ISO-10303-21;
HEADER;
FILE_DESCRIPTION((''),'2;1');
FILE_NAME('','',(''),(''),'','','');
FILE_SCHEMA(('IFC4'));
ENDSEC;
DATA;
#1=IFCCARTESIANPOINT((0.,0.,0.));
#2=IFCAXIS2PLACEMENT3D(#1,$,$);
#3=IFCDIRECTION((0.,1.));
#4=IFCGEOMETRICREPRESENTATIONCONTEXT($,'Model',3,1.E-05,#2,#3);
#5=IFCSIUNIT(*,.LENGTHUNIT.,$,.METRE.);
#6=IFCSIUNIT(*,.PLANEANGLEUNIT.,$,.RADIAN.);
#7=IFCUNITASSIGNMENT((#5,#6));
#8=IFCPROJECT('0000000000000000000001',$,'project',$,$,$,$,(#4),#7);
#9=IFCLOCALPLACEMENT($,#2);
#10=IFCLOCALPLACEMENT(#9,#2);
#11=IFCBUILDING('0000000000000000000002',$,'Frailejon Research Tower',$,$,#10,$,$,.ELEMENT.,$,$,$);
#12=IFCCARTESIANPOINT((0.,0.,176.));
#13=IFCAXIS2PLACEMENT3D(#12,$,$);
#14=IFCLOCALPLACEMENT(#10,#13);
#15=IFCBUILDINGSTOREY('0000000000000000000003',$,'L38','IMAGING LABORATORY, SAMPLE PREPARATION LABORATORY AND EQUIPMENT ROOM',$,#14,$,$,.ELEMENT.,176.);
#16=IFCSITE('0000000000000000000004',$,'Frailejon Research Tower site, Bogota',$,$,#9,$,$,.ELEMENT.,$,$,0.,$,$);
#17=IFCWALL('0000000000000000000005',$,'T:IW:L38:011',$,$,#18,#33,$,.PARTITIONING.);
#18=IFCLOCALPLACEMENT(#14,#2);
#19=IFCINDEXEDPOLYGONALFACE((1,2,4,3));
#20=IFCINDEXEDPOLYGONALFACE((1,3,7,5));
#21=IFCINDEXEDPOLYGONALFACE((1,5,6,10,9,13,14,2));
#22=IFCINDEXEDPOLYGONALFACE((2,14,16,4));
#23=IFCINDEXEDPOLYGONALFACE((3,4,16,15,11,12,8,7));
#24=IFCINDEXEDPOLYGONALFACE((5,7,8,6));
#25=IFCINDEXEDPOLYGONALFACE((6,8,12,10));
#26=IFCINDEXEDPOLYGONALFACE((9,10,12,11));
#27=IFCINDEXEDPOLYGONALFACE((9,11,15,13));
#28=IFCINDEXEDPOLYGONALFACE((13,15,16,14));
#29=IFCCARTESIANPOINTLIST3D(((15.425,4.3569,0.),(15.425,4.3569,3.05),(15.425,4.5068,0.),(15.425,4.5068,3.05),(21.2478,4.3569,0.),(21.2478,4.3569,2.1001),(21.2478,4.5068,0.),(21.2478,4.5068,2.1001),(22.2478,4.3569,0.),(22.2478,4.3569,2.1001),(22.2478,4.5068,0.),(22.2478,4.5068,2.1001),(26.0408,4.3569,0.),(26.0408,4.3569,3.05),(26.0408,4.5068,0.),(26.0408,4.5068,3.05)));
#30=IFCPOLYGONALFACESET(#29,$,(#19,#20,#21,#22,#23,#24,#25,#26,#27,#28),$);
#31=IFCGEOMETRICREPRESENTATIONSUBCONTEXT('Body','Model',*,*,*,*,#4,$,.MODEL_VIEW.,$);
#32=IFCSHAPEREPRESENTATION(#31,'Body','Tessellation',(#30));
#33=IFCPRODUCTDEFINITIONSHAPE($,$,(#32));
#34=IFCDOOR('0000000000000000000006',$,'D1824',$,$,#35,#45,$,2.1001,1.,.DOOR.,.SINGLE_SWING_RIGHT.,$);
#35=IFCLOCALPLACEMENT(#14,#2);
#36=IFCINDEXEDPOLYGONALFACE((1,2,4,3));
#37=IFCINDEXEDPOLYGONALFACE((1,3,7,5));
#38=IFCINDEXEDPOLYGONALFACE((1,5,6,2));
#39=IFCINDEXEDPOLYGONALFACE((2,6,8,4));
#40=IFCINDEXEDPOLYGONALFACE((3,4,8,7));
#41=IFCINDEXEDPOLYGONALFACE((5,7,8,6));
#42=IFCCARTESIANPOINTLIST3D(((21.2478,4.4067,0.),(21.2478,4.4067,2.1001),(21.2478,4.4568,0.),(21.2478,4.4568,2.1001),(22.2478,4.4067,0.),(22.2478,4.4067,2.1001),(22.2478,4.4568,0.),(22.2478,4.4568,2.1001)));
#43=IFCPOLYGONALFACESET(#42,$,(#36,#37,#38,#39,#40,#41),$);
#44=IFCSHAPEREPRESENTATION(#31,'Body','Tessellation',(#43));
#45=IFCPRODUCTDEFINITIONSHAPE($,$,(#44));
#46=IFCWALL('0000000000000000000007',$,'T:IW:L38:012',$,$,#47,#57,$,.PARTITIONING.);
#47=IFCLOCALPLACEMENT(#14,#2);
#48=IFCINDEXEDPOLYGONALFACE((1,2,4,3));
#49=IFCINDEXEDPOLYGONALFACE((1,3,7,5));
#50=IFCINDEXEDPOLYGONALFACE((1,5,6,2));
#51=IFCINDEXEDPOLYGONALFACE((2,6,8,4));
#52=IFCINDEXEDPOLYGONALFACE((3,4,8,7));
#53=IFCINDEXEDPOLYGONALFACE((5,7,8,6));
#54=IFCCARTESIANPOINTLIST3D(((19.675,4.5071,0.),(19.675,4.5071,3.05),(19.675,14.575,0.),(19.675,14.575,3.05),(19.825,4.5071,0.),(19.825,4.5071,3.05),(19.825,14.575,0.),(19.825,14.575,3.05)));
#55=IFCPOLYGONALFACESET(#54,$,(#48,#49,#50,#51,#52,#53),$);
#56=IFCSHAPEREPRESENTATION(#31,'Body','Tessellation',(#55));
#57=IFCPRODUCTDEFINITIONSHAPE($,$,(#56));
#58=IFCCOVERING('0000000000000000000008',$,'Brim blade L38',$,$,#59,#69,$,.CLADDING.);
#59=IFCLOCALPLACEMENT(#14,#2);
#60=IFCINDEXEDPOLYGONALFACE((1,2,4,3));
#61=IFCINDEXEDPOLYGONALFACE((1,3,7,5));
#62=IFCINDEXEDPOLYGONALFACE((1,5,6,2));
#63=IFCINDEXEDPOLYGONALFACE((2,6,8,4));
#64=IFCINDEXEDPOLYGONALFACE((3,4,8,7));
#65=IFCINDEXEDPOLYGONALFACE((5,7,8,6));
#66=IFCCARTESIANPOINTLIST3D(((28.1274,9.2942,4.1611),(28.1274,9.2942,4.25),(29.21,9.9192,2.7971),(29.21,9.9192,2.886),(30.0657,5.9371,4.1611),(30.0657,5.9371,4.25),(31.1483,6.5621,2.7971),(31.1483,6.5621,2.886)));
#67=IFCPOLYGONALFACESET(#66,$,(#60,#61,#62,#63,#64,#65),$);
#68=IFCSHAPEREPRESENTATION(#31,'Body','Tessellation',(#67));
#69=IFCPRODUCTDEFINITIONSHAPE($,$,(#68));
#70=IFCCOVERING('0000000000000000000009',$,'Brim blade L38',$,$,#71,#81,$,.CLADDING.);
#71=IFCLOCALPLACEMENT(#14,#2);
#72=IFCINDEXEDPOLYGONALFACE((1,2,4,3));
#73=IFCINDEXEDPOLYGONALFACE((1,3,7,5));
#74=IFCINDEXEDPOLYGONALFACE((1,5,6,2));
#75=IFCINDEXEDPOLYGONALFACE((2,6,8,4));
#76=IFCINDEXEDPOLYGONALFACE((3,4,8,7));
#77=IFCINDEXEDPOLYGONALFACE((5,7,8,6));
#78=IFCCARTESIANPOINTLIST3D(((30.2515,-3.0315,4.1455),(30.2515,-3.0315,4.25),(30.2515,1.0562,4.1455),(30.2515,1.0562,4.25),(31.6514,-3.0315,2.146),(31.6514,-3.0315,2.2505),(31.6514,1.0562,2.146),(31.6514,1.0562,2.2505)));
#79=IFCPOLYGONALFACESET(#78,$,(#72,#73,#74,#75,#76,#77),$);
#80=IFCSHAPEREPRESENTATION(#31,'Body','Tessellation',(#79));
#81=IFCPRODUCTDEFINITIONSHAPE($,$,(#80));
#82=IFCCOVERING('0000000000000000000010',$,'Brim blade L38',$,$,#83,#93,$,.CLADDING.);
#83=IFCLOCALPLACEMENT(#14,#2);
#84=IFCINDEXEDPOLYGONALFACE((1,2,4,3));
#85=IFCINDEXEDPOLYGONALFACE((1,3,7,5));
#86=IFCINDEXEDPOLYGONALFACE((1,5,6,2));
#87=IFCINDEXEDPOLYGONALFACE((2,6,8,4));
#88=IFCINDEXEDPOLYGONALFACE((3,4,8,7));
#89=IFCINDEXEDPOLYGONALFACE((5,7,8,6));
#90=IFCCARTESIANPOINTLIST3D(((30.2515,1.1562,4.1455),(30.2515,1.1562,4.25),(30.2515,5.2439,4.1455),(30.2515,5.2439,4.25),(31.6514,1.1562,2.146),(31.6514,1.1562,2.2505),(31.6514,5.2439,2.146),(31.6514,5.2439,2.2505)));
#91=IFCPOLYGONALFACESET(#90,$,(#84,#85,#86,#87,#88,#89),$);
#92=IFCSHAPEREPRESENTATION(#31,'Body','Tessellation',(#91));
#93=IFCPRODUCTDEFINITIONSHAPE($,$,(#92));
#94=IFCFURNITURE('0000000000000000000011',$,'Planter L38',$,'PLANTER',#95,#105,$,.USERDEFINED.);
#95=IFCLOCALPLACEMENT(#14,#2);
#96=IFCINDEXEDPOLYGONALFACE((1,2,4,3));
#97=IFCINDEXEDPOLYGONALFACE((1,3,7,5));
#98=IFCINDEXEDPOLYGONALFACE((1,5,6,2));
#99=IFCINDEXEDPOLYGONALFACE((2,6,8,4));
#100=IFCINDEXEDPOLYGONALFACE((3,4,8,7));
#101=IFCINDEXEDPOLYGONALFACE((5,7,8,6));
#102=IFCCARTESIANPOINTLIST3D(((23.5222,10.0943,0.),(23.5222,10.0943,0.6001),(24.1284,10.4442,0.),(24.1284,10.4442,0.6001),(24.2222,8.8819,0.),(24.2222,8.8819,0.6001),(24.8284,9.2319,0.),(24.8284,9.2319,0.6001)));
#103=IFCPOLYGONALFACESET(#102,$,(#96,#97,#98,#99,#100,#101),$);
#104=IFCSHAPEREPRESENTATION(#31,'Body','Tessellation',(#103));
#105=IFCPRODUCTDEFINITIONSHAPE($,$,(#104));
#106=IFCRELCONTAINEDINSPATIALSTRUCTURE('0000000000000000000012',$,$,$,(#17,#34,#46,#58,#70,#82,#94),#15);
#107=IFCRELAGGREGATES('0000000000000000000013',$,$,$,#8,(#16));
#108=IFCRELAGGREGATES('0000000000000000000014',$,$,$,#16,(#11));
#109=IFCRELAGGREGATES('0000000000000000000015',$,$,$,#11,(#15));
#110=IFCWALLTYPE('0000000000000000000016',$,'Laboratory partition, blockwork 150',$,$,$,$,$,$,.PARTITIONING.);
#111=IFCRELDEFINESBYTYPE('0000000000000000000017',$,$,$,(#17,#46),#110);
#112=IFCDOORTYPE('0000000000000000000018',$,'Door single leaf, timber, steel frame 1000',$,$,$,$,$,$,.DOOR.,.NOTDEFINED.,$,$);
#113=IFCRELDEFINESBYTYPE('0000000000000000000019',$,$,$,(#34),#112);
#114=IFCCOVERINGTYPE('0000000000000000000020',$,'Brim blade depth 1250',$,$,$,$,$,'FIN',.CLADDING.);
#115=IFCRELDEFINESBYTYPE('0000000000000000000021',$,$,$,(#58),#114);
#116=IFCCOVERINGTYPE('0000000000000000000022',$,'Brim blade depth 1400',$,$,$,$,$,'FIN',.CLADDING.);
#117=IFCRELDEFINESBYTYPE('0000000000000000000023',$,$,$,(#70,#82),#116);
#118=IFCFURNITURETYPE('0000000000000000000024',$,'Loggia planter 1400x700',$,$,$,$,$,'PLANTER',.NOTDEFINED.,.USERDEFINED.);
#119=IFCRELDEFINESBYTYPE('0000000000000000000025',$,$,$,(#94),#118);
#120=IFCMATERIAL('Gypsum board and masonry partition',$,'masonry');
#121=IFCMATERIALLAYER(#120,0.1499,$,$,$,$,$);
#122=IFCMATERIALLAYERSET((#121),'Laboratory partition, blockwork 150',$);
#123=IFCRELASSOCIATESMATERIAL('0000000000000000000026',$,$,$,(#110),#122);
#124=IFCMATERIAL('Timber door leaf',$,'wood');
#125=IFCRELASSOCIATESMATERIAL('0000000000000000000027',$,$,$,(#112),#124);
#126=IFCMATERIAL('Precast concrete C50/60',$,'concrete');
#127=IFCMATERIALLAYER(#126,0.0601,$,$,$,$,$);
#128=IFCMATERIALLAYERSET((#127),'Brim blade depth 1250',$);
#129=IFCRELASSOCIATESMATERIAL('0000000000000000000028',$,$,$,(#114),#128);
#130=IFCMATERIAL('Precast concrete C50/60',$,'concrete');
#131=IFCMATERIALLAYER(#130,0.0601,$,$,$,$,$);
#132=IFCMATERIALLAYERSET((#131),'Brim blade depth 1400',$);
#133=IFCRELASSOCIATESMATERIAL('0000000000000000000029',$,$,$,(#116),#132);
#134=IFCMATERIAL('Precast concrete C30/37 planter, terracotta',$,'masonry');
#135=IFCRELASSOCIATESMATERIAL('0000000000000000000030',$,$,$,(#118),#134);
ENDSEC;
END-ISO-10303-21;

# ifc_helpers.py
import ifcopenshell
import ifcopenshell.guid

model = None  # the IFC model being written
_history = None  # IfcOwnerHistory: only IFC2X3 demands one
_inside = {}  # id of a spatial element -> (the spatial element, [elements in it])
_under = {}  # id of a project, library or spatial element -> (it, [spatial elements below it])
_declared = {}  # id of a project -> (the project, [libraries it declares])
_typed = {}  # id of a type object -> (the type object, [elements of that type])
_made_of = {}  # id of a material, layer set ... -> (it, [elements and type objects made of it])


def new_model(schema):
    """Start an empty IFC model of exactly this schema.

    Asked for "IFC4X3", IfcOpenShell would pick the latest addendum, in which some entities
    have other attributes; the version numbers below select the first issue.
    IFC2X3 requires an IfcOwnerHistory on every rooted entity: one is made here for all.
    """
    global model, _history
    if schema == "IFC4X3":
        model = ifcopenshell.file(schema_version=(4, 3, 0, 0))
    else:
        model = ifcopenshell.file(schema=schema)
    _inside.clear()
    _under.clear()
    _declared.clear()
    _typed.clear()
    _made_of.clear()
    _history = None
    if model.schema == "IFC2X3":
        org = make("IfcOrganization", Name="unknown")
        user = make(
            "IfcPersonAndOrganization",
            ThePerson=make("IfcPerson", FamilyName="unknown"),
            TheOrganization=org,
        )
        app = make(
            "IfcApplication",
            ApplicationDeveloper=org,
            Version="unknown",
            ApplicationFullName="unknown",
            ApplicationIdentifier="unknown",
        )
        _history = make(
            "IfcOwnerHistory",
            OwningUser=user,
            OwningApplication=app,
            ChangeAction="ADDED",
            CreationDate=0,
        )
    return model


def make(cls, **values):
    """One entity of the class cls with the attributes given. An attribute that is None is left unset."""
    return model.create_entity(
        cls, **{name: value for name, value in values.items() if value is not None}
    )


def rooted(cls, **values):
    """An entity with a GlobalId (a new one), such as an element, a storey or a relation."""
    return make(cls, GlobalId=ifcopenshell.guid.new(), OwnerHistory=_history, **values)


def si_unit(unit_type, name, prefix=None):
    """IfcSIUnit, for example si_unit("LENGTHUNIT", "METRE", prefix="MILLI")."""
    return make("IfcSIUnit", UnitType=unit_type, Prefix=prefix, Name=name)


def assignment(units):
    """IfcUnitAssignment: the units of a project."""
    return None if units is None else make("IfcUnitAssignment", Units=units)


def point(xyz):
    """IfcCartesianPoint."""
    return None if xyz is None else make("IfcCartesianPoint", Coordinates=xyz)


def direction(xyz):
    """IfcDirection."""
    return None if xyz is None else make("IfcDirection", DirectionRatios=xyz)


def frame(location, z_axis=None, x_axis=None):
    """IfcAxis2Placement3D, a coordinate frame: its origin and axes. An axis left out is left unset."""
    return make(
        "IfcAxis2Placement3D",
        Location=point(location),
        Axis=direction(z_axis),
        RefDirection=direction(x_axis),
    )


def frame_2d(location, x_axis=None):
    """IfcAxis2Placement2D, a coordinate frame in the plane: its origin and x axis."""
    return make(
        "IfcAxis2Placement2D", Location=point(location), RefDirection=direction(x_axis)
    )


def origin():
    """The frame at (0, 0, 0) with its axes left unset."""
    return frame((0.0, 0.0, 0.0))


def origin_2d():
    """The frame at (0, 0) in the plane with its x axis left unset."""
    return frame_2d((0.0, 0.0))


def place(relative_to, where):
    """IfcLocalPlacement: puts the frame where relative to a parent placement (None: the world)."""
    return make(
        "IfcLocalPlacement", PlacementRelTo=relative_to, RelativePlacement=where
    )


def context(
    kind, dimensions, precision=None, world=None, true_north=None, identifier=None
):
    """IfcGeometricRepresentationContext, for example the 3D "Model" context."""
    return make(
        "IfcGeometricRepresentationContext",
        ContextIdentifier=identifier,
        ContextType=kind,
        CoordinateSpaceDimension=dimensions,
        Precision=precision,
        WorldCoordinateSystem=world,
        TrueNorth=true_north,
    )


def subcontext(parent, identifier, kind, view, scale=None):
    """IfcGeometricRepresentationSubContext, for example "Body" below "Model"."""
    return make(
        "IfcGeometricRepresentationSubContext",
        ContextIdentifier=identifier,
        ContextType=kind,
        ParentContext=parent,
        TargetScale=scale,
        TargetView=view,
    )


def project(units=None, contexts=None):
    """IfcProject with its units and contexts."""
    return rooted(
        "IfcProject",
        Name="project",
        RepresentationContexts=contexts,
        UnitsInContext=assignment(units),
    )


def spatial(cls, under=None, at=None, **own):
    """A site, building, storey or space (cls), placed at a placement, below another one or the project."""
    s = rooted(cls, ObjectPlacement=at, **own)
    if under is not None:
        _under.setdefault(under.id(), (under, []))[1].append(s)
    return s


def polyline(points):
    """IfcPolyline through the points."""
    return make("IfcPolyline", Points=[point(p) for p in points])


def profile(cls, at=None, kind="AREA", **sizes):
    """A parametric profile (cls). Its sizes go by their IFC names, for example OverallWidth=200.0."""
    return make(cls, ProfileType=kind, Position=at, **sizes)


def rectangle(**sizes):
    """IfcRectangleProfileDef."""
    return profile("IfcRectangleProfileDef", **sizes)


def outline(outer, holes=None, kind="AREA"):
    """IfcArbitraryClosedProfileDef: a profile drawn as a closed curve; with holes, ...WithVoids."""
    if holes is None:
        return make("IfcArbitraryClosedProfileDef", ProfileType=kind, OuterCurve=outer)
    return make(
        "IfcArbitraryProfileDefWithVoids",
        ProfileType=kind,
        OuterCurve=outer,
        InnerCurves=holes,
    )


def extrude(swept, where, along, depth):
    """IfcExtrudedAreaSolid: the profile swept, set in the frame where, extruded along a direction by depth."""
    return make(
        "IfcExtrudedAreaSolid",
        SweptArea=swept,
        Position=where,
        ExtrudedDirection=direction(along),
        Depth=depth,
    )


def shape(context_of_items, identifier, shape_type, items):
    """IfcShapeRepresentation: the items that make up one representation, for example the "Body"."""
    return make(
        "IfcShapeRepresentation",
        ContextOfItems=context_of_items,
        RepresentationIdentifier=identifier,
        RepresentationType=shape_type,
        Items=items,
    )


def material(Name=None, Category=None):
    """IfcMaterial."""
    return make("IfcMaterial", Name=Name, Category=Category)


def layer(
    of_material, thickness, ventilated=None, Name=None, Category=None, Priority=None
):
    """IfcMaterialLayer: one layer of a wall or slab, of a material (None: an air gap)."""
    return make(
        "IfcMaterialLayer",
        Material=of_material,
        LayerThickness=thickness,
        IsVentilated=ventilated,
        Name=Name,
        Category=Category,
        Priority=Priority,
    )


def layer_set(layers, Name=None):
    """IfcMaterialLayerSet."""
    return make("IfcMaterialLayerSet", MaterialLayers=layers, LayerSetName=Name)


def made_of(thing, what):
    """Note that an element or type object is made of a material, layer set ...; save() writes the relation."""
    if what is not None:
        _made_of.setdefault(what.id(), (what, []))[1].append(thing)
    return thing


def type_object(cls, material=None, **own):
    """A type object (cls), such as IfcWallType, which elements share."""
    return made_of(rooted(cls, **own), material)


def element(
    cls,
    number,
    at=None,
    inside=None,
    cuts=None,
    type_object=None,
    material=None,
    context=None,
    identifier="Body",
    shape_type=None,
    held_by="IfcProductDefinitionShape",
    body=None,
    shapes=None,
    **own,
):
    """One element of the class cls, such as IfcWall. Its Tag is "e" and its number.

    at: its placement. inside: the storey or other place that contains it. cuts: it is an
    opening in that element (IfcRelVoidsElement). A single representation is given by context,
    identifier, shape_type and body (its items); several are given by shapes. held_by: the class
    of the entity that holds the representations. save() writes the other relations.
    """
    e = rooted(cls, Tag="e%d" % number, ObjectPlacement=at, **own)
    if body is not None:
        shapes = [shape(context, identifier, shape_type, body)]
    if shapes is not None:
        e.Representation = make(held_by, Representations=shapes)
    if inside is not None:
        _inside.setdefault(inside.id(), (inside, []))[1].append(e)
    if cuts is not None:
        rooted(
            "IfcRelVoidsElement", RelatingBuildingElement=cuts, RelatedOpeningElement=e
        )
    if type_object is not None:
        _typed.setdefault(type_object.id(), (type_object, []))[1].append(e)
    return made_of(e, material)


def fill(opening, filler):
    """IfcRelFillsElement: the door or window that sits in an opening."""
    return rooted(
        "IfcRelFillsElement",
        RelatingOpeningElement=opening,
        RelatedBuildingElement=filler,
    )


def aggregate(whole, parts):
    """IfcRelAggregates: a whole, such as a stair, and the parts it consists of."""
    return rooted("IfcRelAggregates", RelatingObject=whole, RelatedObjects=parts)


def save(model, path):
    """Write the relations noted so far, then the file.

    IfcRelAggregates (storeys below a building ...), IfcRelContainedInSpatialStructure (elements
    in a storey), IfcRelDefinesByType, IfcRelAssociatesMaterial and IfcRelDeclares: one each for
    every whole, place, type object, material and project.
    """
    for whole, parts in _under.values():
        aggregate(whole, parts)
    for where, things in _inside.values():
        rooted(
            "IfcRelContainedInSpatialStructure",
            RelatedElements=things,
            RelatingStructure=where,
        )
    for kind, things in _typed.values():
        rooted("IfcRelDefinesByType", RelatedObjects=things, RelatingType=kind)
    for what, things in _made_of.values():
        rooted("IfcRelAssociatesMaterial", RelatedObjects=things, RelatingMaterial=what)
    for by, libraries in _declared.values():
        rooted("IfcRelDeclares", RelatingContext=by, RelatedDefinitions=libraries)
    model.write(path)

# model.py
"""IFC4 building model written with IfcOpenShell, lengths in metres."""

from ifc_helpers import new_model, si_unit, direction, frame, frame_2d, origin, origin_2d, place, context, subcontext, project, spatial, polyline, rectangle, outline, extrude, material, layer, layer_set, type_object, element, fill, save


model = new_model("IFC4")

# Units and contexts
model_context = context("Model", 3, precision=1e-05, world=origin(), true_north=direction((0.0, 1.0)))
body_context = subcontext(model_context, "Body", "Model", "MODEL_VIEW")
ifc_project = project(units=[si_unit("LENGTHUNIT", "METRE"), si_unit("PLANEANGLEUNIT", "RADIAN")], contexts=[model_context])

# Site, building, storey
site_placement = place(None, origin())
site = spatial("IfcSite", under=ifc_project, at=site_placement, Name="Frailejon Research Tower site, Bogota", CompositionType="ELEMENT", RefElevation=0.0)
building_placement = place(site_placement, origin())
building = spatial("IfcBuilding", under=site, at=building_placement, Name="Frailejon Research Tower", CompositionType="ELEMENT")
storey_placement = place(building_placement, frame((0.0, 0.0, 176.0)))
storey = spatial("IfcBuildingStorey", under=building, at=storey_placement, Name="L38", Description="IMAGING LABORATORY, SAMPLE PREPARATION LABORATORY AND EQUIPMENT ROOM", CompositionType="ELEMENT", Elevation=176.0)

# Wall, opening, door
ifc_material_1 = material(Name="Gypsum board and masonry partition", Category="masonry")
ifc_layer_1 = layer(ifc_material_1, 0.1499)
ifc_layer_set_1 = layer_set([ifc_layer_1], Name="Laboratory partition, blockwork 150")
wall_type_1 = type_object("IfcWallType", Name="Laboratory partition, blockwork 150", PredefinedType="PARTITIONING", material=ifc_layer_set_1)
wall_1_placement = place(storey_placement, frame((15.425, 4.4319, 0.0), z_axis=(0.0, 0.0, 1.0), x_axis=(1.0, 0.0, 0.0)))
wall_1 = element("IfcWall", 1, at=wall_1_placement, inside=storey, type_object=wall_type_1, Name="T:IW:L38:011", PredefinedType="PARTITIONING", context=body_context, shape_type="SweptSolid", body=[
    extrude(rectangle(XDim=10.6157, YDim=0.1499, at=frame_2d((5.3079, 0.0))), origin(), (0.0, 0.0, 1.0), 3.05),
])
opening_1_placement = place(wall_1_placement, frame((5.8228, 0.0, 0.0)))
opening_1 = element("IfcOpeningElement", 2, at=opening_1_placement, cuts=wall_1, PredefinedType="OPENING", context=body_context, shape_type="SweptSolid", body=[
    extrude(rectangle(XDim=1.0, YDim=2.1001, at=frame_2d((0.5, 1.05))), frame((0.0, 0.085, 0.0), z_axis=(0.0, -1.0, 0.0), x_axis=(1.0, 0.0, 0.0)), (0.0, 0.0, 1.0), 0.1699),
])
ifc_material_2 = material(Name="Timber door leaf", Category="wood")
door_type_1 = type_object("IfcDoorType", Name="Door single leaf, timber, steel frame 1000", OperationType="NOTDEFINED", PredefinedType="DOOR", material=ifc_material_2)
door_1_placement = place(opening_1_placement, origin())
door_1 = element("IfcDoor", 3, at=door_1_placement, inside=storey, type_object=door_type_1, Name="D1824", OperationType="SINGLE_SWING_RIGHT", OverallHeight=2.1001, OverallWidth=1.0, PredefinedType="DOOR", context=body_context, shape_type="SweptSolid", body=[
    extrude(rectangle(XDim=1.0, YDim=2.1001, at=frame_2d((0.5, 1.05))), frame((0.0, 0.0249, 0.0), z_axis=(0.0, -1.0, 0.0), x_axis=(1.0, 0.0, 0.0)), (0.0, 0.0, 1.0), 0.05),
])
fill(opening_1, door_1)

# Wall
wall_2_placement = place(storey_placement, frame((19.75, 4.5071, 0.0), z_axis=(0.0, 0.0, 1.0), x_axis=(0.0, 1.0, 0.0)))
element("IfcWall", 4, at=wall_2_placement, inside=storey, type_object=wall_type_1, Name="T:IW:L38:012", PredefinedType="PARTITIONING", context=body_context, shape_type="SweptSolid", body=[
    extrude(rectangle(XDim=10.0679, YDim=0.1499, at=frame_2d((5.0339, 0.0))), origin(), (0.0, 0.0, 1.0), 3.05),
])

# Coverings
ifc_material_3 = material(Name="Precast concrete C50/60", Category="concrete")
ifc_layer_2 = layer(ifc_material_3, 0.0601)
ifc_layer_set_2 = layer_set([ifc_layer_2], Name="Brim blade depth 1250")
covering_type_1 = type_object("IfcCoveringType", Name="Brim blade depth 1250", ElementType="FIN", PredefinedType="CLADDING", material=ifc_layer_set_2)
covering_placement = place(storey_placement, frame((28.1274, 9.2942, 4.25), z_axis=(0.500015, -0.866017, 0.0), x_axis=(0.866017, 0.500015, 0.0)))
element("IfcCovering", 5, at=covering_placement, inside=storey, type_object=covering_type_1, Name="Brim blade L38", PredefinedType="CLADDING", context=body_context, shape_type="SweptSolid", body=[
    extrude(outline(polyline([(0.0, -0.0889), (1.25, -1.4529), (1.25, -1.364), (0.0, 0.0), (0.0, -0.0889)])), origin(), (0.0, 0.0, 1.0), 3.8765),
])
ifc_material_4 = material(Name="Precast concrete C50/60", Category="concrete")
ifc_layer_3 = layer(ifc_material_4, 0.0601)
ifc_layer_set_3 = layer_set([ifc_layer_3], Name="Brim blade depth 1400")
covering_type_2 = type_object("IfcCoveringType", Name="Brim blade depth 1400", ElementType="FIN", PredefinedType="CLADDING", material=ifc_layer_set_3)
for number, where, z_axis, x_axis, name in (
    (6, (30.2515, 1.0562, 4.25), (0.0, -1.0, 0.0), (1.0, 0.0, 0.0), "Brim blade L38"),
    (7, (30.2515, 5.2439, 4.25), (0.0, -1.0, 0.0), (1.0, 0.0, 0.0), "Brim blade L38"),
):
    element("IfcCovering", number, at=place(storey_placement, frame(where, z_axis=z_axis, x_axis=x_axis)), inside=storey, type_object=covering_type_2, Name=name, PredefinedType="CLADDING", context=body_context, shape_type="SweptSolid", body=[
        extrude(outline(polyline([(0.0, -0.1045), (1.3999, -2.104), (1.3999, -1.9995), (0.0, 0.0), (0.0, -0.1045)])), origin(), (0.0, 0.0, 1.0), 4.0876),
    ])

# Furniture
ifc_material_5 = material(Name="Precast concrete C30/37 planter, terracotta", Category="masonry")
furniture_type = type_object("IfcFurnitureType", Name="Loggia planter 1400x700", ElementType="PLANTER", AssemblyPlace="NOTDEFINED", PredefinedType="USERDEFINED", material=ifc_material_5)
furniture_placement = place(storey_placement, frame((24.1753, 9.6631, 0.0), z_axis=(0.0, 0.0, 1.0), x_axis=(-0.5, 0.866025, 0.0)))
element("IfcFurniture", 8, at=furniture_placement, inside=storey, type_object=furniture_type, Name="Planter L38", ObjectType="PLANTER", PredefinedType="USERDEFINED", context=body_context, shape_type="SweptSolid", body=[
    extrude(rectangle(XDim=1.3999, YDim=0.7, at=origin_2d()), origin(), (0.0, 0.0, 1.0), 0.6001),
])

save(model, "model.ifc")
